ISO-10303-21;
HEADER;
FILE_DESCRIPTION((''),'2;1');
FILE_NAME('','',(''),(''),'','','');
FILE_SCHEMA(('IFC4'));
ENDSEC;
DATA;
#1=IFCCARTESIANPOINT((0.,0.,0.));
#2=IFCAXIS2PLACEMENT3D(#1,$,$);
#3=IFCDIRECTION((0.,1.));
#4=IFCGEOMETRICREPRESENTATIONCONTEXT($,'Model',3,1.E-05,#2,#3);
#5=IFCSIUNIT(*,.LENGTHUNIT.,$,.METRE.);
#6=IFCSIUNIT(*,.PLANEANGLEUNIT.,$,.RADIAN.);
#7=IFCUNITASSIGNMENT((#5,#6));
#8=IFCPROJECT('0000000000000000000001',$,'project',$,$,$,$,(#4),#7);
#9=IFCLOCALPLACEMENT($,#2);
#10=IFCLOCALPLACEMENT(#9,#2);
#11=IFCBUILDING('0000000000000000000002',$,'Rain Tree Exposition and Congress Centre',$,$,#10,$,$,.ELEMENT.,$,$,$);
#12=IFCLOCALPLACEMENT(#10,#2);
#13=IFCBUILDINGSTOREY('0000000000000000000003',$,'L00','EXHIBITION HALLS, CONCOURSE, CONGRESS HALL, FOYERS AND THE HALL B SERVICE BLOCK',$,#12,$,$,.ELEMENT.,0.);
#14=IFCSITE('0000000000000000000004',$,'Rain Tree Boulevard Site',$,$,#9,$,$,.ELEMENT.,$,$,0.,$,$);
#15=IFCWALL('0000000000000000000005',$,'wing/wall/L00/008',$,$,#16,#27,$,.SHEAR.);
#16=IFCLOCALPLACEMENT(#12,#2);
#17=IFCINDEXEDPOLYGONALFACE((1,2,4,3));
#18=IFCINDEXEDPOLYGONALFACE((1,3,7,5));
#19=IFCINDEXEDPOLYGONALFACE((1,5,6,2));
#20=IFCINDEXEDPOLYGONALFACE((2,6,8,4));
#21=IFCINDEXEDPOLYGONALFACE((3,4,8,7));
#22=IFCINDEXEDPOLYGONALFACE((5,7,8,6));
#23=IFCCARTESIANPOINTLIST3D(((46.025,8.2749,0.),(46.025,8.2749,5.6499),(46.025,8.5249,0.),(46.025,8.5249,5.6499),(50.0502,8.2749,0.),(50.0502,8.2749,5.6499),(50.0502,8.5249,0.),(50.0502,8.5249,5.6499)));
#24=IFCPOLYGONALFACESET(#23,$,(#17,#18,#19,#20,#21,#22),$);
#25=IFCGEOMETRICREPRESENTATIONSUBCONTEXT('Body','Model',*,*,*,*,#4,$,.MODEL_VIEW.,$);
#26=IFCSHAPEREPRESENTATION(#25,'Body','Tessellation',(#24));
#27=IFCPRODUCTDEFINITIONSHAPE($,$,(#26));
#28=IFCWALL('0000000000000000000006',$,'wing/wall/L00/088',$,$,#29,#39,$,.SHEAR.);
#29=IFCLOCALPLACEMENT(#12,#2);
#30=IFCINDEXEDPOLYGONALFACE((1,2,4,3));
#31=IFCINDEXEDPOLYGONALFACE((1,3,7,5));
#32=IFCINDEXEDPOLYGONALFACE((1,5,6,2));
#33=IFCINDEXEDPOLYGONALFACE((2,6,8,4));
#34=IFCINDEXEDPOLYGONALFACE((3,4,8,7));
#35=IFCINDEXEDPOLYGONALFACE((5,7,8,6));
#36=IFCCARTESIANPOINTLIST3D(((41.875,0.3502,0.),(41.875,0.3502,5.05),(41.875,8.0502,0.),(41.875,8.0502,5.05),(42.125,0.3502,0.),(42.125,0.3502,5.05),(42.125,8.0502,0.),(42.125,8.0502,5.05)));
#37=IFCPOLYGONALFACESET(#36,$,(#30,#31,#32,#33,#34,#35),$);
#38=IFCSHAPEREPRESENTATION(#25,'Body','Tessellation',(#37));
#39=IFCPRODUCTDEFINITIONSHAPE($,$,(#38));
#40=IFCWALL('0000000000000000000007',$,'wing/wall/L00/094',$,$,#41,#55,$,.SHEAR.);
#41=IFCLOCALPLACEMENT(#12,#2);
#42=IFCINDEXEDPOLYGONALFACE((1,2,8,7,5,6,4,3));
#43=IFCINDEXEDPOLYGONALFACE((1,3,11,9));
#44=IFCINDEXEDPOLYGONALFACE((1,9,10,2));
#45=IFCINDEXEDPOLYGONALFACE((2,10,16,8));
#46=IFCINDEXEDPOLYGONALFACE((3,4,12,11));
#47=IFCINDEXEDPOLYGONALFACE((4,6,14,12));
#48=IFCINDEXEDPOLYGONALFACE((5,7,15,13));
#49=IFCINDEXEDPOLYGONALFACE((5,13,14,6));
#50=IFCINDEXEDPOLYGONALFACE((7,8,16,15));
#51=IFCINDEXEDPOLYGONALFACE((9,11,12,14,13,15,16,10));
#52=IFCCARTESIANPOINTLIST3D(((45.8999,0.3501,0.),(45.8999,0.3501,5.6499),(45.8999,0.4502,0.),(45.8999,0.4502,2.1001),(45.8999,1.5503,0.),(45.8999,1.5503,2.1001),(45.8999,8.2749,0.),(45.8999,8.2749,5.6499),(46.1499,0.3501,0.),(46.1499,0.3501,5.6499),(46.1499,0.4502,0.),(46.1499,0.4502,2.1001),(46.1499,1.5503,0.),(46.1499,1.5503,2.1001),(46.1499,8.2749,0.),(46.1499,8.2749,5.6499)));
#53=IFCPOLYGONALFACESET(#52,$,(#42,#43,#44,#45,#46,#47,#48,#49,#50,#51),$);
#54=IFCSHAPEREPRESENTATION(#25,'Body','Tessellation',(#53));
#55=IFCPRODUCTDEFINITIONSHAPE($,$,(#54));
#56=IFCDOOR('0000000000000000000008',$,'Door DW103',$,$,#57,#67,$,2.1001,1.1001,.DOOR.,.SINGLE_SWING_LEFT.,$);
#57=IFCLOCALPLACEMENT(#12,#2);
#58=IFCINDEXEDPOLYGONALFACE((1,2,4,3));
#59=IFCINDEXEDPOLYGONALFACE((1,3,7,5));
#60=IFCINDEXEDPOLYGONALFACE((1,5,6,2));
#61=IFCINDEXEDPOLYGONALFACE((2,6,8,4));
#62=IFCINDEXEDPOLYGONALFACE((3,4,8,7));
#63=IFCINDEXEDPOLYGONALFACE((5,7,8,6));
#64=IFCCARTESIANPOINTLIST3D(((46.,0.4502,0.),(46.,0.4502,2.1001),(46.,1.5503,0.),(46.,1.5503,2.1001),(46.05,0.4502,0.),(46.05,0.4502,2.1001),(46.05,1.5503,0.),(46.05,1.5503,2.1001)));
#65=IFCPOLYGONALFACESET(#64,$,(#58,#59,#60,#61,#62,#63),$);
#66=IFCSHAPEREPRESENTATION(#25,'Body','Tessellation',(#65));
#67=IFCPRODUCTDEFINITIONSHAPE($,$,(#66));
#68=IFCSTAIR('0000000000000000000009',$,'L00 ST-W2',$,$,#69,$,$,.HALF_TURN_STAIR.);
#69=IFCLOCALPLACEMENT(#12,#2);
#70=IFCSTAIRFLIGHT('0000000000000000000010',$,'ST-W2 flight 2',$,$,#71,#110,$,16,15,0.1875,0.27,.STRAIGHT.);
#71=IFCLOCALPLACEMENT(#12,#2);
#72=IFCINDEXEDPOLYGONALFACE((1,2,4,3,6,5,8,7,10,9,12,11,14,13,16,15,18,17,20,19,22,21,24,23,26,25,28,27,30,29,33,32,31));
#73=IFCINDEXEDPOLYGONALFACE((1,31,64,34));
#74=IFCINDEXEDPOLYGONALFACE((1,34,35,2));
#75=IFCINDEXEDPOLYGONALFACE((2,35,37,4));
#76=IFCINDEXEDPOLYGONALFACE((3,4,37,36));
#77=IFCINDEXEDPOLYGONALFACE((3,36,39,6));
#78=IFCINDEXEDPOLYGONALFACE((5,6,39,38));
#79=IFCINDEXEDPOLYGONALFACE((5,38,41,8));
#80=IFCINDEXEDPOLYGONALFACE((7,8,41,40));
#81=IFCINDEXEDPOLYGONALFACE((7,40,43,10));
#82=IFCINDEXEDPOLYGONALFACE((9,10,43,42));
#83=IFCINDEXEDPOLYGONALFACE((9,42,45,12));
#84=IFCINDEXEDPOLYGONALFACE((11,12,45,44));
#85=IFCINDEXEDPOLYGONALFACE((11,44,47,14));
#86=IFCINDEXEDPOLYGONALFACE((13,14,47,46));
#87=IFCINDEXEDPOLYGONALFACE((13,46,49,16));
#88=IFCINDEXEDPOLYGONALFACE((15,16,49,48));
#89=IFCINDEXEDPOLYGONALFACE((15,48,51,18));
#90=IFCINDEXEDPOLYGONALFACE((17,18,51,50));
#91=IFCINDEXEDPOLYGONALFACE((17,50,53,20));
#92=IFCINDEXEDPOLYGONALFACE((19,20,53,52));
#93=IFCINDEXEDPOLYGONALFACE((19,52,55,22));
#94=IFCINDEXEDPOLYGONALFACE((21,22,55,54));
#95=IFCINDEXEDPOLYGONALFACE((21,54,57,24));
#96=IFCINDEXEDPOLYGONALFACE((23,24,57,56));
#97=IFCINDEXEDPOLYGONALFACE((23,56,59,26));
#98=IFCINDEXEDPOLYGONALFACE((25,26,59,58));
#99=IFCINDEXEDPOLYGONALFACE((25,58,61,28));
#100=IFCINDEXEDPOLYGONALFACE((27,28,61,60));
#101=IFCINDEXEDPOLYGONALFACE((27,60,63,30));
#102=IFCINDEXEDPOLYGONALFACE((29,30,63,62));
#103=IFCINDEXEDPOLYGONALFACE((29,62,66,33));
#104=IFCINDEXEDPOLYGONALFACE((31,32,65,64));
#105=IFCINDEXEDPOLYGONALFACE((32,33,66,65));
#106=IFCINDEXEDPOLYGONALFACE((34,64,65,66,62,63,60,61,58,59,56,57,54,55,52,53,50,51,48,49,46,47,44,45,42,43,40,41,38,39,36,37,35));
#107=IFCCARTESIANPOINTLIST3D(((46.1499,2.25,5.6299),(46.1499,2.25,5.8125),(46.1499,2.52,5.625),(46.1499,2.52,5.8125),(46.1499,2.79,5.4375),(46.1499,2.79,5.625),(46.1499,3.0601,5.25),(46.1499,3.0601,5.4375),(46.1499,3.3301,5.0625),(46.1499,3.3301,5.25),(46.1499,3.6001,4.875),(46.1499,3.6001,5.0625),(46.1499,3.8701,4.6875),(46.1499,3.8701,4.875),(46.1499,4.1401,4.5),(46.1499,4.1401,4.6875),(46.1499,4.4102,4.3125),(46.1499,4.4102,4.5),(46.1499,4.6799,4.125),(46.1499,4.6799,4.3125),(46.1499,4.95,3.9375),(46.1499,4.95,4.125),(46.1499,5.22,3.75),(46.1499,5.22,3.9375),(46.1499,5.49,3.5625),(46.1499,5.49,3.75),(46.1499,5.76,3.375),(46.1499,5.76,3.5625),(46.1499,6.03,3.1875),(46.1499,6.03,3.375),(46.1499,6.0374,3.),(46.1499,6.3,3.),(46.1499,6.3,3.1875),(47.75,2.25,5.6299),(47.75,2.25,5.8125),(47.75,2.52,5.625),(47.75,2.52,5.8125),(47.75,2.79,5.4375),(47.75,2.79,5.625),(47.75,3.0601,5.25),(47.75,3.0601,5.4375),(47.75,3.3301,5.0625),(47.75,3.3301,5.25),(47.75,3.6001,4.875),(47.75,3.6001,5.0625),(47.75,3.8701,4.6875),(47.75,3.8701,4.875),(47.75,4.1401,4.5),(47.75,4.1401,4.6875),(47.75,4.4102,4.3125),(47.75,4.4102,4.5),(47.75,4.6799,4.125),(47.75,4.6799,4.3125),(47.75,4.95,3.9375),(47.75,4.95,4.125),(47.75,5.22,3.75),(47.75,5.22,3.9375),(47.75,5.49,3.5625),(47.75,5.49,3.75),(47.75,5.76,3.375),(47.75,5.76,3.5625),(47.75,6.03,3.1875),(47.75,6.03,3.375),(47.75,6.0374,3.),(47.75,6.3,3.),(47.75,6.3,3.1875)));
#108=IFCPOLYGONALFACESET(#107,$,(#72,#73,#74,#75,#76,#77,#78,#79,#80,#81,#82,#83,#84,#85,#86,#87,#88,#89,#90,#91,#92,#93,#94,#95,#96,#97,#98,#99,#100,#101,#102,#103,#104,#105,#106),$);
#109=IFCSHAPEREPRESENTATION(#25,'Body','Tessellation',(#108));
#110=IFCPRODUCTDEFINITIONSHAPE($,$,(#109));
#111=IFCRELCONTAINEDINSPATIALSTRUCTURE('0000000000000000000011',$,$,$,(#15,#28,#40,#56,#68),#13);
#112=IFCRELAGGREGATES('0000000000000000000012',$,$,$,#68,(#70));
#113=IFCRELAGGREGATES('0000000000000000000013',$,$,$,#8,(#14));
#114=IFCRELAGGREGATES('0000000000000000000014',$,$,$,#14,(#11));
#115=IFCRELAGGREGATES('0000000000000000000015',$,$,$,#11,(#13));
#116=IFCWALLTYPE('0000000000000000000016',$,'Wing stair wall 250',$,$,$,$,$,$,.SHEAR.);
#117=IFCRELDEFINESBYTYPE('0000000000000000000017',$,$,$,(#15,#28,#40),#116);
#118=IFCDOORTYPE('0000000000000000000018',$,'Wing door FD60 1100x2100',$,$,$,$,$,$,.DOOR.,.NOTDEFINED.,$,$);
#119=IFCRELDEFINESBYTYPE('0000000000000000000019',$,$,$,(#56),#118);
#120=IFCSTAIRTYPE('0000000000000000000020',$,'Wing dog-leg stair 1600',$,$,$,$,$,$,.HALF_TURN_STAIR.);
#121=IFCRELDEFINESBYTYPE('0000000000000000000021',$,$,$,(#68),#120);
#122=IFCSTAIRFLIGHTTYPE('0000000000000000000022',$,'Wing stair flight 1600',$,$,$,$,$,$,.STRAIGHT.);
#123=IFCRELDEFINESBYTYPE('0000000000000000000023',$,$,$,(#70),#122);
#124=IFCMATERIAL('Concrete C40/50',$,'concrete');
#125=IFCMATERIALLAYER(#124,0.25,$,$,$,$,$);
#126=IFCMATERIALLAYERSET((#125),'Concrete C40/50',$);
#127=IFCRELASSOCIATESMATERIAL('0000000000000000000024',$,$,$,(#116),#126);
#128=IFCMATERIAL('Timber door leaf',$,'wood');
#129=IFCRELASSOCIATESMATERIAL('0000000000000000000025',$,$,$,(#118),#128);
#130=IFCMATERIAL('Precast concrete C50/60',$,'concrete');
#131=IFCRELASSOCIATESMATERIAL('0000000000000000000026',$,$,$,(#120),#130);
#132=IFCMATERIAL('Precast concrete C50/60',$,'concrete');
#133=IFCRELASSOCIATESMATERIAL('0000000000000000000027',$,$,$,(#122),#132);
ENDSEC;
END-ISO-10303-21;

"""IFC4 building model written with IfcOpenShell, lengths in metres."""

from ifc_helpers import new_model, si_unit, direction, frame, frame_2d, origin, place, context, subcontext, project, spatial, polyline, rectangle, outline, extrude, material, layer, layer_set, type_object, element, fill, aggregate, save


model = new_model("IFC4")

# Units and contexts
model_context = context("Model", 3, precision=1e-05, world=origin(), true_north=direction((0.0, 1.0)))
body_context = subcontext(model_context, "Body", "Model", "MODEL_VIEW")
ifc_project = project(units=[si_unit("LENGTHUNIT", "METRE"), si_unit("PLANEANGLEUNIT", "RADIAN")], contexts=[model_context])

# Site, building, storey
site_placement = place(None, origin())
site = spatial("IfcSite", under=ifc_project, at=site_placement, Name="Rain Tree Boulevard Site", CompositionType="ELEMENT", RefElevation=0.0)
building_placement = place(site_placement, origin())
building = spatial("IfcBuilding", under=site, at=building_placement, Name="Rain Tree Exposition and Congress Centre", CompositionType="ELEMENT")
storey_placement = place(building_placement, origin())
storey = spatial("IfcBuildingStorey", under=building, at=storey_placement, Name="L00", Description="EXHIBITION HALLS, CONCOURSE, CONGRESS HALL, FOYERS AND THE HALL B SERVICE BLOCK", CompositionType="ELEMENT", Elevation=0.0)

# Shared definitions
ifc_material_1 = material(Name="Concrete C40/50", Category="concrete")
ifc_layer_1 = layer(ifc_material_1, 0.25)
ifc_layer_set_1 = layer_set([ifc_layer_1], Name="Concrete C40/50")
wall_type_1 = type_object("IfcWallType", Name="Wing stair wall 250", PredefinedType="SHEAR", material=ifc_layer_set_1)
ifc_material_2 = material(Name="Timber door leaf", Category="wood")
door_type = type_object("IfcDoorType", Name="Wing door FD60 1100x2100", OperationType="NOTDEFINED", PredefinedType="DOOR", material=ifc_material_2)

# Walls
wall_1_placement = place(storey_placement, frame((46.0249, 8.3999, 0.0), z_axis=(0.0, 0.0, 1.0), x_axis=(1.0, 0.0, 0.0)))
element("IfcWall", 1, at=wall_1_placement, inside=storey, type_object=wall_type_1, Name="wing/wall/L00/008", PredefinedType="SHEAR", context=body_context, shape_type="SweptSolid", body=[
    extrude(rectangle(XDim=4.0251, YDim=0.25, at=frame_2d((2.0127, 0.0))), origin(), (0.0, 0.0, 1.0), 5.6499),
])
wall_2_placement = place(storey_placement, frame((42.0, 0.3501, 0.0), z_axis=(0.0, 0.0, 1.0), x_axis=(0.0, 1.0, 0.0)))
element("IfcWall", 2, at=wall_2_placement, inside=storey, type_object=wall_type_1, Name="wing/wall/L00/088", PredefinedType="SHEAR", context=body_context, shape_type="SweptSolid", body=[
    extrude(rectangle(XDim=7.7, YDim=0.25, at=frame_2d((3.8501, 0.0))), origin(), (0.0, 0.0, 1.0), 5.05),
])

# Wall, opening, door
wall_3_placement = place(storey_placement, frame((46.0249, 0.3501, 0.0), z_axis=(0.0, 0.0, 1.0), x_axis=(0.0, 1.0, 0.0)))
wall_3 = element("IfcWall", 3, at=wall_3_placement, inside=storey, type_object=wall_type_1, Name="wing/wall/L00/094", PredefinedType="SHEAR", context=body_context, shape_type="SweptSolid", body=[
    extrude(rectangle(XDim=7.9248, YDim=0.25, at=frame_2d((3.9624, 0.0))), origin(), (0.0, 0.0, 1.0), 5.6499),
])
opening_1_placement = place(wall_3_placement, frame((0.1001, 0.0, 0.0)))
opening_1 = element("IfcOpeningElement", 4, at=opening_1_placement, cuts=wall_3, PredefinedType="OPENING", context=body_context, shape_type="SweptSolid", body=[
    extrude(rectangle(XDim=1.1001, YDim=2.1001, at=frame_2d((0.55, 1.05))), frame((0.0, 0.125, 0.0), z_axis=(0.0, -1.0, 0.0), x_axis=(1.0, 0.0, 0.0)), (0.0, 0.0, 1.0), 0.25),
])
door_1_placement = place(opening_1_placement, origin())
door_1 = element("IfcDoor", 5, at=door_1_placement, inside=storey, type_object=door_type, Name="Door DW103", OperationType="SINGLE_SWING_LEFT", OverallHeight=2.1001, OverallWidth=1.1001, PredefinedType="DOOR", context=body_context, shape_type="SweptSolid", body=[
    extrude(rectangle(XDim=1.1001, YDim=2.1001, at=frame_2d((0.55, 1.05))), frame((0.0, 0.0249, 0.0), z_axis=(0.0, -1.0, 0.0), x_axis=(1.0, 0.0, 0.0)), (0.0, 0.0, 1.0), 0.05),
])
fill(opening_1, door_1)

# Stair, stair flight
ifc_material_3 = material(Name="Precast concrete C50/60", Category="concrete")
stair_type = type_object("IfcStairType", Name="Wing dog-leg stair 1600", PredefinedType="HALF_TURN_STAIR", material=ifc_material_3)
stair_placement = place(storey_placement, origin())
stair = element("IfcStair", 6, at=stair_placement, inside=storey, type_object=stair_type, Name="L00 ST-W2", PredefinedType="HALF_TURN_STAIR")
ifc_material_4 = material(Name="Precast concrete C50/60", Category="concrete")
stair_flight_type = type_object("IfcStairFlightType", Name="Wing stair flight 1600", PredefinedType="STRAIGHT", material=ifc_material_4)
stair_flight_placement = place(storey_placement, frame((46.95, 6.3, 3.0), z_axis=(0.0, 0.0, 1.0), x_axis=(0.0, -1.0, 0.0)))
stair_flight = element("IfcStairFlight", 7, at=stair_flight_placement, type_object=stair_flight_type, Name="ST-W2 flight 2", NumberOfRisers=16, NumberOfTreads=15, PredefinedType="STRAIGHT", RiserHeight=0.1875, TreadLength=0.27, context=body_context, shape_type="SweptSolid", body=[
    extrude(outline(polyline([(0.0, 0.0), (0.0, 0.1875), (0.27, 0.1875), (0.27, 0.375), (0.54, 0.375), (0.54, 0.5625), (0.8101, 0.5625), (0.8101, 0.75), (1.0801, 0.75), (1.0801, 0.9375), (1.3501, 0.9375), (1.3501, 1.125), (1.6201, 1.125), (1.6201, 1.3125), (1.8899, 1.3125), (1.8899, 1.5), (2.1599, 1.5), (2.1599, 1.6875), (2.4299, 1.6875), (2.4299, 1.875), (2.7, 1.875), (2.7, 2.0625), (2.97, 2.0625), (2.97, 2.25), (3.24, 2.25), (3.24, 2.4375), (3.51, 2.4375), (3.51, 2.625), (3.78, 2.625), (3.78, 2.8125), (4.05, 2.8125), (4.05, 3.0), (4.05, 2.6299), (0.2627, 0.0), (0.0, 0.0)])), frame((0.0, 0.8, 0.0), z_axis=(0.0, -1.0, 0.0), x_axis=(1.0, 0.0, 0.0)), (0.0, 0.0, 1.0), 1.6001),
])
aggregate(stair, [stair_flight])

save(model, "model.ifc")
